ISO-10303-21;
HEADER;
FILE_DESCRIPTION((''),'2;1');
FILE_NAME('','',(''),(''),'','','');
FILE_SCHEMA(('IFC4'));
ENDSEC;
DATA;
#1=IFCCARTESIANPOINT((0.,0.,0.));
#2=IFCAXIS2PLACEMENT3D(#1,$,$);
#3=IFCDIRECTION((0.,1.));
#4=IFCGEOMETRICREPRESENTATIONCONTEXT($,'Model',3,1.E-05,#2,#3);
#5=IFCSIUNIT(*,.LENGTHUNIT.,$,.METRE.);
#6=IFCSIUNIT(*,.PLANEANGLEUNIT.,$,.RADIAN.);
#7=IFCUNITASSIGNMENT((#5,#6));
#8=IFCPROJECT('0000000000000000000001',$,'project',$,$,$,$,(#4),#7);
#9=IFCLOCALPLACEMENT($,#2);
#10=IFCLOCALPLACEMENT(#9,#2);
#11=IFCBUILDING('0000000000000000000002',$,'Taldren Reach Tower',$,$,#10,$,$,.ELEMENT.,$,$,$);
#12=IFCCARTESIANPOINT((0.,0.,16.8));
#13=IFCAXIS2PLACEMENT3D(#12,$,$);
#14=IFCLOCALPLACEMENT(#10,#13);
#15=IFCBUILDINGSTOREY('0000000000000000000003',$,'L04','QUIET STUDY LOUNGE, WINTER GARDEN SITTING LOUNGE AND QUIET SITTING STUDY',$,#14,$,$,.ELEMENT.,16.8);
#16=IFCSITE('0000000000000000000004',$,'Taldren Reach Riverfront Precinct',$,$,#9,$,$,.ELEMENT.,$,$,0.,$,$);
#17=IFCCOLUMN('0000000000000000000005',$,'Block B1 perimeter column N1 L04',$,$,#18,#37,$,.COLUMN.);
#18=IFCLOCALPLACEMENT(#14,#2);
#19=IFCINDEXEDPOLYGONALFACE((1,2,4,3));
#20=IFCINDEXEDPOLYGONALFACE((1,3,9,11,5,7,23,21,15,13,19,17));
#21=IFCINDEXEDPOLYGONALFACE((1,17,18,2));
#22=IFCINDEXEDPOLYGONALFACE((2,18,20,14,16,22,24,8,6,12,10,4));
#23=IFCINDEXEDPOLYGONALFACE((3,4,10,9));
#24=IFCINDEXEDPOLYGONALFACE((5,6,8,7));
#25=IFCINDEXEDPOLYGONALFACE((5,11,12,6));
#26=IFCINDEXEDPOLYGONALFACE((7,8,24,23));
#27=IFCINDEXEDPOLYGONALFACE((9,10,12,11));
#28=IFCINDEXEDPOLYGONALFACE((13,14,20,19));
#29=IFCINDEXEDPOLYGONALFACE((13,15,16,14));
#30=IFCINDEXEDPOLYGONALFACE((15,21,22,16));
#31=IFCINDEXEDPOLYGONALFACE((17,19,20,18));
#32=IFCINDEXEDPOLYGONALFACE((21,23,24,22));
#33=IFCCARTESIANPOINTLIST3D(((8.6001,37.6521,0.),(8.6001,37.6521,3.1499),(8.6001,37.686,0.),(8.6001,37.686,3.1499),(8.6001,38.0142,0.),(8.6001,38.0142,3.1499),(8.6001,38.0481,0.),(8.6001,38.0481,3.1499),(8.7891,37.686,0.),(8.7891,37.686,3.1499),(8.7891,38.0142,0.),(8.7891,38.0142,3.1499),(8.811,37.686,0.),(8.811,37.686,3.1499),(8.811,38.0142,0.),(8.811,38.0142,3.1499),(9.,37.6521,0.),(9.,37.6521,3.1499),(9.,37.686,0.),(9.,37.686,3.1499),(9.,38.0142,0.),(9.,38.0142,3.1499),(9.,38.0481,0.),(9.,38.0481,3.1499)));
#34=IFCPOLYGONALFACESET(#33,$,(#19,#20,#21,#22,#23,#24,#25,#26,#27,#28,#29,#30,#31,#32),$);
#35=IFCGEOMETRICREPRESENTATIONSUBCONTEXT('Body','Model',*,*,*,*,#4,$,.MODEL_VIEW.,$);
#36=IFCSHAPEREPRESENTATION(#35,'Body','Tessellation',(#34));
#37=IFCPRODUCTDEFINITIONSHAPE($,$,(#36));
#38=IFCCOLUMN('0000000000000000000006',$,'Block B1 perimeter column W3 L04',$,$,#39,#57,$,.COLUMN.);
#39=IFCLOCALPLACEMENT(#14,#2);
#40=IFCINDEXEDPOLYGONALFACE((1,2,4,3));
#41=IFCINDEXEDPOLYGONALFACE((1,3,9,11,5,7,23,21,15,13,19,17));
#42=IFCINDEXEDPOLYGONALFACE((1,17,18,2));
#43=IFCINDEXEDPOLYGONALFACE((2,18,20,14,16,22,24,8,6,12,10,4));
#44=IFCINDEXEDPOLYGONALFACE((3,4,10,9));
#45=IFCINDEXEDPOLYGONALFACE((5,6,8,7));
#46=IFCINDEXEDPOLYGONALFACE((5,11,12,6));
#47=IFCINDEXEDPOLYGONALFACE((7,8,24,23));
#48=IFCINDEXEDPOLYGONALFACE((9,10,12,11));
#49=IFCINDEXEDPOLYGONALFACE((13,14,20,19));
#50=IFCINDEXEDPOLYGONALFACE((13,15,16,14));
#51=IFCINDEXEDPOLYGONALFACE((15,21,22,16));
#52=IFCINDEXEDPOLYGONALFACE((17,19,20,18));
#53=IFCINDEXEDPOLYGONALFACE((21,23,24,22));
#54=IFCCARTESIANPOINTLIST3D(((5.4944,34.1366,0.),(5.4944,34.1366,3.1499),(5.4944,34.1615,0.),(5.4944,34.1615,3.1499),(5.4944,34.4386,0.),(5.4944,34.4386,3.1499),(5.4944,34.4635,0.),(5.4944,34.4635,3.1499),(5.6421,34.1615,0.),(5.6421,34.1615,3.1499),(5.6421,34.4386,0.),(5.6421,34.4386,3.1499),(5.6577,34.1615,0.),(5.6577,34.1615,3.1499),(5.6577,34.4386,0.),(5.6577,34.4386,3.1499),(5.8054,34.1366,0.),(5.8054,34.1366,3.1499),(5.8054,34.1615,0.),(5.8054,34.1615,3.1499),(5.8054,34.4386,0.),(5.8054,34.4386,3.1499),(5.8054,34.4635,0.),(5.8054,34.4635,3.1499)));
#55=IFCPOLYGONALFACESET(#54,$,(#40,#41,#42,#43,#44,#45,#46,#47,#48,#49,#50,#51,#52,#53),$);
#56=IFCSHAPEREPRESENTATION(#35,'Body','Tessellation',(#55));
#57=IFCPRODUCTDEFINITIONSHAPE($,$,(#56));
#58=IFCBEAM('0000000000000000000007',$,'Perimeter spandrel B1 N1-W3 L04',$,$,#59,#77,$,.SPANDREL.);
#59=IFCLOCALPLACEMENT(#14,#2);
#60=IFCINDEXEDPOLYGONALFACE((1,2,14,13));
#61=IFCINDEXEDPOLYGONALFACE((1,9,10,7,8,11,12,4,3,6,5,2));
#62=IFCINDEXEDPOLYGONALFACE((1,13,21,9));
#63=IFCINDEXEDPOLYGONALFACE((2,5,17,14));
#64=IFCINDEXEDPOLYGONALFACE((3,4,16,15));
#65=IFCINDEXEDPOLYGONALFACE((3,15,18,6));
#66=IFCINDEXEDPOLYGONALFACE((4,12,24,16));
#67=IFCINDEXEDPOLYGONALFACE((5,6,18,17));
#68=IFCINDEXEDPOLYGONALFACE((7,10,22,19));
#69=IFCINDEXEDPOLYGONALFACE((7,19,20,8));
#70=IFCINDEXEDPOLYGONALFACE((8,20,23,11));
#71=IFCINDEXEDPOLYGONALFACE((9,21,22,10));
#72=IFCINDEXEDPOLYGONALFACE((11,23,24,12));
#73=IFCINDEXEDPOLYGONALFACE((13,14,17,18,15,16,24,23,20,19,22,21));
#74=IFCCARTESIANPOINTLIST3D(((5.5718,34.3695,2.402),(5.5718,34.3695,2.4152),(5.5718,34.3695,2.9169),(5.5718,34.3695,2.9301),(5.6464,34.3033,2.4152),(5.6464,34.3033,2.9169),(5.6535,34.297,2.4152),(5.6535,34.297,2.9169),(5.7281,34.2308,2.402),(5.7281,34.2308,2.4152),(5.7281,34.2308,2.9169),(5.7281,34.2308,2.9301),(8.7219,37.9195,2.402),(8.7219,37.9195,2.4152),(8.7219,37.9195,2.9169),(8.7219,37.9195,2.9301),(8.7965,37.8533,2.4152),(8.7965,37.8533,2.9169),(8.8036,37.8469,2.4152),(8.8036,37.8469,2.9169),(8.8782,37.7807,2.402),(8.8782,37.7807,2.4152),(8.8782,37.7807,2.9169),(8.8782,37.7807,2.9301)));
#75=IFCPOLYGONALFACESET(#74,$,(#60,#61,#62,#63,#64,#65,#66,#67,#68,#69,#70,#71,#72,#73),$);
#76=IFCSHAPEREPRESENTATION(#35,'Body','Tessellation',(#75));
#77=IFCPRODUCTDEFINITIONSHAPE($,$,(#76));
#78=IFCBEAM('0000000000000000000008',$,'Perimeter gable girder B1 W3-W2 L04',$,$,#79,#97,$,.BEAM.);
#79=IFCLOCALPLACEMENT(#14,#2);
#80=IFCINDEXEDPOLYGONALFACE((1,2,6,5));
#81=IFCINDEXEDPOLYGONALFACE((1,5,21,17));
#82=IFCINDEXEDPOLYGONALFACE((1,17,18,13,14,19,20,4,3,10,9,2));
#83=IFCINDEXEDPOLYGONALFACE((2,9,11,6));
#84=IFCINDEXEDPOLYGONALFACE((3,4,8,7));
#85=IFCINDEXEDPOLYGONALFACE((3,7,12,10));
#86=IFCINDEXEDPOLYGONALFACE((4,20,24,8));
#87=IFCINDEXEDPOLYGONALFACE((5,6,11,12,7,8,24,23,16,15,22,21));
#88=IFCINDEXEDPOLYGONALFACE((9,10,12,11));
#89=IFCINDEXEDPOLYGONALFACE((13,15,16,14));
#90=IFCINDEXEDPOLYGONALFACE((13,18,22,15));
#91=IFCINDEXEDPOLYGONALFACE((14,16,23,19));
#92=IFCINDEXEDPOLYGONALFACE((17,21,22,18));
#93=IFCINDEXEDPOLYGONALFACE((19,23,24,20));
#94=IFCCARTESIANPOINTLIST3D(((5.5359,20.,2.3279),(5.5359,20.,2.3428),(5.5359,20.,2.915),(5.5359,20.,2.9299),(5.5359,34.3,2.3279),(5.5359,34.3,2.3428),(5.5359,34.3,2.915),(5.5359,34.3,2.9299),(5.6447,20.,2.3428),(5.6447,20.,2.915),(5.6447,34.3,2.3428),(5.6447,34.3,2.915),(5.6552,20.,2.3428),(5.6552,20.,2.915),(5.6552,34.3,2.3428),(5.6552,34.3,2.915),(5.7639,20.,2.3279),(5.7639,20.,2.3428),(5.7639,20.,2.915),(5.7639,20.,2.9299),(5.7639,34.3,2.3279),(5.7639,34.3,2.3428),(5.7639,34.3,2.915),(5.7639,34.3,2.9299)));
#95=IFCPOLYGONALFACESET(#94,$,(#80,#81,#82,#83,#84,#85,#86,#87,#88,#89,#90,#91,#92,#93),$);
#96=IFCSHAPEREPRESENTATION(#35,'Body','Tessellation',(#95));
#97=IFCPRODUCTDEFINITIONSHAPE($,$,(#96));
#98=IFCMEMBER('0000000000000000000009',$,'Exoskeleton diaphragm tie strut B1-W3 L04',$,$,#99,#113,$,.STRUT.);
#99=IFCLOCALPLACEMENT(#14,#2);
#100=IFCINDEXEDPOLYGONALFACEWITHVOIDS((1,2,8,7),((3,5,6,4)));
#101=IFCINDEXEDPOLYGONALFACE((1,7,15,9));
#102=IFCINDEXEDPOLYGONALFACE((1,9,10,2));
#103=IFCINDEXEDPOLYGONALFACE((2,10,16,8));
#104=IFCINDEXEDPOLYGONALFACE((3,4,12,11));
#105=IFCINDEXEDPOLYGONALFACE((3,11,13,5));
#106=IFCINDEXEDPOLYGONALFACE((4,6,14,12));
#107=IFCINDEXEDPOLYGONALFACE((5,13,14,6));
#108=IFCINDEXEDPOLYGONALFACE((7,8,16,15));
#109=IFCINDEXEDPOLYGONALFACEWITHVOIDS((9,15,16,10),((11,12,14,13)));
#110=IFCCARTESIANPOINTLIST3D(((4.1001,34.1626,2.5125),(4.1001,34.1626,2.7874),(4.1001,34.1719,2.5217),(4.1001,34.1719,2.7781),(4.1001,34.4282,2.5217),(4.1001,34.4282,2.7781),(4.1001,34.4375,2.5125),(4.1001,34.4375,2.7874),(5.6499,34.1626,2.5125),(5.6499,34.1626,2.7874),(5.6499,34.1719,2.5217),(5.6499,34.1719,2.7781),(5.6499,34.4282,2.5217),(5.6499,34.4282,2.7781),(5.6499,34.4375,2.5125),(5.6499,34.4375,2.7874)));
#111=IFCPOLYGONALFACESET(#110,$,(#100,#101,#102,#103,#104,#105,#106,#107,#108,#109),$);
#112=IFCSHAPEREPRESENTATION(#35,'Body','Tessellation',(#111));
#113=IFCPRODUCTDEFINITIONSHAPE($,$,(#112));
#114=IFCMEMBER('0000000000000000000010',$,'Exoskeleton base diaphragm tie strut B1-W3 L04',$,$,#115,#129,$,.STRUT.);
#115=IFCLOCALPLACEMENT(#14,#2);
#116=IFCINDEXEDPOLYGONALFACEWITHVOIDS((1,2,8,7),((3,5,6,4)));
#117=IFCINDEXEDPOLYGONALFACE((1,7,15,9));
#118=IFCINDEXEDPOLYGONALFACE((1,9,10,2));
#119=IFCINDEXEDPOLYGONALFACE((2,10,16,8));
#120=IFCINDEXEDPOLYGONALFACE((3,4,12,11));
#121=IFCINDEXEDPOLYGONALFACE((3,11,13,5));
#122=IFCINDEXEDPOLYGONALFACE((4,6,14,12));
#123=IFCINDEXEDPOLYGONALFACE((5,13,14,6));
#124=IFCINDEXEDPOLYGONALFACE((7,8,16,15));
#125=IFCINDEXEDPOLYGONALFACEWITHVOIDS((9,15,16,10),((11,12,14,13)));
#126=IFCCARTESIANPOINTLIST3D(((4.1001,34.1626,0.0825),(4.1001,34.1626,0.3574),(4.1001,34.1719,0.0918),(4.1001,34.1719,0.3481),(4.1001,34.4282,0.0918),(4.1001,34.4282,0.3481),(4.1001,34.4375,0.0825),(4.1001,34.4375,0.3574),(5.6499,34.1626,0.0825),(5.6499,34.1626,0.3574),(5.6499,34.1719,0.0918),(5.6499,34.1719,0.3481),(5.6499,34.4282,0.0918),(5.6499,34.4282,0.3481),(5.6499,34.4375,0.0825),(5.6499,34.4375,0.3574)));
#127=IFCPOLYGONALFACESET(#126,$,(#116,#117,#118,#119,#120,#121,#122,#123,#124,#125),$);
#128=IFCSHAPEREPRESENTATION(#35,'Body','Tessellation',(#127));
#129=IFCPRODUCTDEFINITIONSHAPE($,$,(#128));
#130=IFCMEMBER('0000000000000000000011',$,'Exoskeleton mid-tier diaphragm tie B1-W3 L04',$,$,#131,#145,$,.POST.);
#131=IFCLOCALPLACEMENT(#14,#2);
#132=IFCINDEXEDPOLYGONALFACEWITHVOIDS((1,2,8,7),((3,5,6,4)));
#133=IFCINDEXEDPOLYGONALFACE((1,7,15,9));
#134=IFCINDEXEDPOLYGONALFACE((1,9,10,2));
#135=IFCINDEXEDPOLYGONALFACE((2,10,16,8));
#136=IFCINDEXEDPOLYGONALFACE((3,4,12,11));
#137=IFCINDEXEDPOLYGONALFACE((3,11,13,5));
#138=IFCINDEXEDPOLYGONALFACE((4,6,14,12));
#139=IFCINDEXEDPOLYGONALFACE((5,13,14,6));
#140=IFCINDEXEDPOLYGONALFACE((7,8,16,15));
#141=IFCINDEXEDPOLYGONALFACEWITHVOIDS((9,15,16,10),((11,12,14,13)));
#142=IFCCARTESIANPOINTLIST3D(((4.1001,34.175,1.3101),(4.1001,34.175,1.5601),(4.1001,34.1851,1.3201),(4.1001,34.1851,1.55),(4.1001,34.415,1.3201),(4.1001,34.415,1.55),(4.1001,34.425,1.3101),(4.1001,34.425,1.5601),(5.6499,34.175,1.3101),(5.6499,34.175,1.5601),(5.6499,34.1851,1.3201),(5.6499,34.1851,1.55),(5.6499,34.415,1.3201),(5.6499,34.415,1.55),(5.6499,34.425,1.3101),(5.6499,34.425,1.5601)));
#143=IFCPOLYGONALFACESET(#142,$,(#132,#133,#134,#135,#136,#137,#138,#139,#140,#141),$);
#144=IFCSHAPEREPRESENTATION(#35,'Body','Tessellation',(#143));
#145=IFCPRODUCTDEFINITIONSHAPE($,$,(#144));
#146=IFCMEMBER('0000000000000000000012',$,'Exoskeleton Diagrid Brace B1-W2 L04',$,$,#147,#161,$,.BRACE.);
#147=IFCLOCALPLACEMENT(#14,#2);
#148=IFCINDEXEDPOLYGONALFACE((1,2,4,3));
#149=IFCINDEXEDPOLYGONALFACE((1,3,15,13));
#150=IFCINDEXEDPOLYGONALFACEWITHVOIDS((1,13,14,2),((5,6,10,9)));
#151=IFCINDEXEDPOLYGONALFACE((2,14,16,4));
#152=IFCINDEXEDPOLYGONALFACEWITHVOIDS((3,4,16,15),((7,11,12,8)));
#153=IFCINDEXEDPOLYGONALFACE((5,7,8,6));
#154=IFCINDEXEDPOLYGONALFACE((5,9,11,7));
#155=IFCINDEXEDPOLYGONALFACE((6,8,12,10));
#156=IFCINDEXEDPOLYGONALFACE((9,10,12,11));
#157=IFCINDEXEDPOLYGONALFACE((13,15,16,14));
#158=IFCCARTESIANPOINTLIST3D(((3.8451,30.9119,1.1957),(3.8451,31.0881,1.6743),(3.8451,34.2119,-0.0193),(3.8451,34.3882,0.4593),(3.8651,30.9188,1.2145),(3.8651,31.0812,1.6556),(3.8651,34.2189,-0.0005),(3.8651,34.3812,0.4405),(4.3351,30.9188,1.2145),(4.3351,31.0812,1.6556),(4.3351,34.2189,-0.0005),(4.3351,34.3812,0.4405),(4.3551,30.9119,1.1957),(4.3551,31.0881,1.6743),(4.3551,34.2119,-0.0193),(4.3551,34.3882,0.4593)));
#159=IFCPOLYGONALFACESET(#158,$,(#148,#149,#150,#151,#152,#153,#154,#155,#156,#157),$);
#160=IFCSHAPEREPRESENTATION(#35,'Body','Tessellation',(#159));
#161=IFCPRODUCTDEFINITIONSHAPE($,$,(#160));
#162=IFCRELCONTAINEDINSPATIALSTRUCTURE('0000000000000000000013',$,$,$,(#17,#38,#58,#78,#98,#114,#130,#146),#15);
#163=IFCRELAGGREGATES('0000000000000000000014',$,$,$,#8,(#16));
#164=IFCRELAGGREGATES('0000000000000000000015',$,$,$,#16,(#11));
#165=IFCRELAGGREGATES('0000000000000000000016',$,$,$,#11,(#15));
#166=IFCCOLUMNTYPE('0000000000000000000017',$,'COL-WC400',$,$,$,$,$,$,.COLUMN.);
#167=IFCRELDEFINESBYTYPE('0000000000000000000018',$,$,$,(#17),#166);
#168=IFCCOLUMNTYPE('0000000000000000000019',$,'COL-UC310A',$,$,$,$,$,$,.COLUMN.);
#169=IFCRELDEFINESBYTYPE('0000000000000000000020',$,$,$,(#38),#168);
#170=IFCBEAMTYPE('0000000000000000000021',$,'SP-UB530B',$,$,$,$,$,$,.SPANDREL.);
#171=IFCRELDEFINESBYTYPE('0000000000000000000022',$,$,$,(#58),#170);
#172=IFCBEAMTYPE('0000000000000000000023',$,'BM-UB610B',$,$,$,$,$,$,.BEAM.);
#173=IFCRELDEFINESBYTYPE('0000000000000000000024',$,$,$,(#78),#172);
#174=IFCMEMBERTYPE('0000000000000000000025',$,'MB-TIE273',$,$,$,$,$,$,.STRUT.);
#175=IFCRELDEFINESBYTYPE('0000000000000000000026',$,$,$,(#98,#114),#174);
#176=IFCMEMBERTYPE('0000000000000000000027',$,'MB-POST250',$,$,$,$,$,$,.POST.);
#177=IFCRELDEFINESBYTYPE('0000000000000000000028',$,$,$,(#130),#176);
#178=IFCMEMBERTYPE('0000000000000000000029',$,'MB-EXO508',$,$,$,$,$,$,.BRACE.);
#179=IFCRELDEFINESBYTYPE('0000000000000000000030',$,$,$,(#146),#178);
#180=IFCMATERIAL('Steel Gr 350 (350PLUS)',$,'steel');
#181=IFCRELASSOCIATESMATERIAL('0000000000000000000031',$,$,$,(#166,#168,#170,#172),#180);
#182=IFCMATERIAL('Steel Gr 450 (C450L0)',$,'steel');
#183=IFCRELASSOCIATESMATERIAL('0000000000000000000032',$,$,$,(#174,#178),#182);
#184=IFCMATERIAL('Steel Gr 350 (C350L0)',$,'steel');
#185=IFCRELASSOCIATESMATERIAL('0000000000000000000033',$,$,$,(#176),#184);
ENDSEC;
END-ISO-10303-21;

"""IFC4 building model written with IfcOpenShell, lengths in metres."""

from ifc_helpers import new_model, si_unit, direction, frame, origin, origin_2d, place, context, subcontext, project, spatial, hollow_rectangle, i_section, extrude, source, transform, mapped, material, material_profile, profile_set, type_object, element, save


model = new_model("IFC4")

# Units and contexts
model_context = context("Model", 3, precision=1e-05, world=origin(), true_north=direction((0.0, 1.0)))
body_context = subcontext(model_context, "Body", "Model", "MODEL_VIEW")
ifc_project = project(units=[si_unit("LENGTHUNIT", "METRE"), si_unit("PLANEANGLEUNIT", "RADIAN")], contexts=[model_context])

# Site, building, storey
site_placement = place(None, origin())
site = spatial("IfcSite", under=ifc_project, at=site_placement, Name="Taldren Reach Riverfront Precinct", CompositionType="ELEMENT", RefElevation=0.0)
building_placement = place(site_placement, origin())
building = spatial("IfcBuilding", under=site, at=building_placement, Name="Taldren Reach Tower", CompositionType="ELEMENT")
storey_placement = place(building_placement, frame((0.0, 0.0, 16.8)))
storey = spatial("IfcBuildingStorey", under=building, at=storey_placement, Name="L04", Description="QUIET STUDY LOUNGE, WINTER GARDEN SITTING LOUNGE AND QUIET SITTING STUDY", CompositionType="ELEMENT", Elevation=16.8)

# Columns
ifc_material_1 = material(Name="Steel Gr 350 (350PLUS)", Category="steel")
ifc_material_profile_1 = material_profile(ifc_material_1, i_section(OverallWidth=0.3999, OverallDepth=0.396, WebThickness=0.022, FlangeThickness=0.0339, at=origin_2d()), Name="400WC270")
ifc_profile_set_1 = profile_set([ifc_material_profile_1], Name="Steel Gr 350 (350PLUS)")
column_type_1 = type_object("IfcColumnType", Name="COL-WC400", PredefinedType="COLUMN", material=ifc_profile_set_1)
shared_shape_1 = source(origin(), body_context, "Body", "SweptSolid", [
    extrude(i_section(OverallWidth=0.3999, OverallDepth=0.396, WebThickness=0.022, FlangeThickness=0.0339, at=origin_2d()), origin(), (0.0, 0.0, 1.0), 3.1499),
])
column_1_placement = place(storey_placement, frame((8.8, 37.8501, 0.0), z_axis=(0.0, 0.0, 1.0), x_axis=(1.0, 0.0, 0.0)))
element("IfcColumn", 1, at=column_1_placement, inside=storey, type_object=column_type_1, Name="Block B1 perimeter column N1 L04", PredefinedType="COLUMN", context=body_context, shape_type="MappedRepresentation", body=[
    mapped(shared_shape_1, transform((0.0, 0.0, 0.0), scale=1.0)),
])
ifc_material_profile_2 = material_profile(ifc_material_1, i_section(OverallWidth=0.311, OverallDepth=0.3269, WebThickness=0.0156, FlangeThickness=0.0249, at=origin_2d()), Name="310UC158")
ifc_profile_set_2 = profile_set([ifc_material_profile_2], Name="Steel Gr 350 (350PLUS)")
column_type_2 = type_object("IfcColumnType", Name="COL-UC310A", PredefinedType="COLUMN", material=ifc_profile_set_2)
shared_shape_2 = source(origin(), body_context, "Body", "SweptSolid", [
    extrude(i_section(OverallWidth=0.311, OverallDepth=0.3269, WebThickness=0.0156, FlangeThickness=0.0249, at=origin_2d()), origin(), (0.0, 0.0, 1.0), 3.1499),
])
column_2_placement = place(storey_placement, frame((5.6499, 34.3, 0.0), z_axis=(0.0, 0.0, 1.0), x_axis=(1.0, 0.0, 0.0)))
element("IfcColumn", 2, at=column_2_placement, inside=storey, type_object=column_type_2, Name="Block B1 perimeter column W3 L04", PredefinedType="COLUMN", context=body_context, shape_type="MappedRepresentation", body=[
    mapped(shared_shape_2, transform((0.0, 0.0, 0.0), scale=1.0)),
])

# Beams
ifc_material_profile_3 = material_profile(ifc_material_1, i_section(OverallWidth=0.209, OverallDepth=0.5281, WebThickness=0.0095, FlangeThickness=0.0132, at=origin_2d()), Name="530UB82.0")
ifc_profile_set_3 = profile_set([ifc_material_profile_3], Name="Steel Gr 350 (350PLUS)")
beam_type_1 = type_object("IfcBeamType", Name="SP-UB530B", PredefinedType="SPANDREL", material=ifc_profile_set_3)
shared_shape_3 = source(origin(), body_context, "Body", "SweptSolid", [
    extrude(i_section(OverallWidth=0.209, OverallDepth=0.5281, WebThickness=0.0095, FlangeThickness=0.0132, at=origin_2d()), origin(), (0.0, 0.0, 1.0), 4.7461),
])
beam_1_placement = place(storey_placement, frame((8.8, 37.8501, 2.666), z_axis=(-0.663722, -0.747979, 0.0), x_axis=(0.747979, -0.663722, 0.0)))
element("IfcBeam", 3, at=beam_1_placement, inside=storey, type_object=beam_type_1, Name="Perimeter spandrel B1 N1-W3 L04", PredefinedType="SPANDREL", context=body_context, shape_type="MappedRepresentation", body=[
    mapped(shared_shape_3, transform((0.0, 0.0, 0.0), scale=1.0)),
])
ifc_material_profile_4 = material_profile(ifc_material_1, i_section(OverallWidth=0.228, OverallDepth=0.6021, WebThickness=0.0105, FlangeThickness=0.0149, at=origin_2d()), Name="610UB101")
ifc_profile_set_4 = profile_set([ifc_material_profile_4], Name="Steel Gr 350 (350PLUS)")
beam_type_2 = type_object("IfcBeamType", Name="BM-UB610B", PredefinedType="BEAM", material=ifc_profile_set_4)
shared_shape_4 = source(origin(), body_context, "Body", "SweptSolid", [
    extrude(i_section(OverallWidth=0.228, OverallDepth=0.6021, WebThickness=0.0105, FlangeThickness=0.0149, at=origin_2d()), origin(), (0.0, 0.0, 1.0), 14.3),
])
beam_2_placement = place(storey_placement, frame((5.6499, 34.3, 2.6289), z_axis=(0.0, -1.0, 0.0), x_axis=(1.0, 0.0, 0.0)))
element("IfcBeam", 4, at=beam_2_placement, inside=storey, type_object=beam_type_2, Name="Perimeter gable girder B1 W3-W2 L04", PredefinedType="BEAM", context=body_context, shape_type="MappedRepresentation", body=[
    mapped(shared_shape_4, transform((0.0, 0.0, 0.0), scale=1.0)),
])

# Members
ifc_material_2 = material(Name="Steel Gr 450 (C450L0)", Category="steel")
ifc_material_profile_5 = material_profile(ifc_material_2, hollow_rectangle(XDim=0.2749, YDim=0.2749, WallThickness=0.0093, at=origin_2d()), Name="275x275x9.3SHS")
ifc_profile_set_5 = profile_set([ifc_material_profile_5], Name="Steel Gr 450 (C450L0)")
member_type_1 = type_object("IfcMemberType", Name="MB-TIE273", PredefinedType="STRUT", material=ifc_profile_set_5)
shared_shape_5 = source(origin(), body_context, "Body", "SweptSolid", [
    extrude(hollow_rectangle(XDim=0.2749, YDim=0.2749, WallThickness=0.0093, at=origin_2d()), origin(), (0.0, 0.0, 1.0), 1.5498),
])
for number, where, z_axis, x_axis, name in (
    (5, (5.6499, 34.3, 2.6499), (-1.0, 0.0, 0.0), (0.0, -1.0, 0.0), "Exoskeleton diaphragm tie strut B1-W3 L04"),
    (6, (5.6499, 34.3, 0.22), (-1.0, 0.0, 0.0), (0.0, -1.0, 0.0), "Exoskeleton base diaphragm tie strut B1-W3 L04"),
):
    element("IfcMember", number, at=place(storey_placement, frame(where, z_axis=z_axis, x_axis=x_axis)), inside=storey, type_object=member_type_1, Name=name, PredefinedType="STRUT", context=body_context, shape_type="MappedRepresentation", body=[
        mapped(shared_shape_5, transform((0.0, 0.0, 0.0), scale=1.0)),
    ])
ifc_material_3 = material(Name="Steel Gr 350 (C350L0)", Category="steel")
ifc_material_profile_6 = material_profile(ifc_material_3, hollow_rectangle(XDim=0.25, YDim=0.25, WallThickness=0.01, at=origin_2d()), Name="250x250x10.0SHS")
ifc_profile_set_6 = profile_set([ifc_material_profile_6], Name="Steel Gr 350 (C350L0)")
member_type_2 = type_object("IfcMemberType", Name="MB-POST250", PredefinedType="POST", material=ifc_profile_set_6)
shared_shape_6 = source(origin(), body_context, "Body", "SweptSolid", [
    extrude(hollow_rectangle(XDim=0.25, YDim=0.25, WallThickness=0.01, at=origin_2d()), origin(), (0.0, 0.0, 1.0), 1.5498),
])
member_1_placement = place(storey_placement, frame((5.6499, 34.3, 1.4351), z_axis=(-1.0, 0.0, 0.0), x_axis=(0.0, -1.0, 0.0)))
element("IfcMember", 7, at=member_1_placement, inside=storey, type_object=member_type_2, Name="Exoskeleton mid-tier diaphragm tie B1-W3 L04", PredefinedType="POST", context=body_context, shape_type="MappedRepresentation", body=[
    mapped(shared_shape_6, transform((0.0, 0.0, 0.0), scale=1.0)),
])
ifc_material_profile_7 = material_profile(ifc_material_2, hollow_rectangle(XDim=0.51, YDim=0.51, WallThickness=0.02, at=origin_2d()), Name="510x510x20.0SHS")
ifc_profile_set_7 = profile_set([ifc_material_profile_7], Name="Steel Gr 450 (C450L0)")
member_type_3 = type_object("IfcMemberType", Name="MB-EXO508", PredefinedType="BRACE", material=ifc_profile_set_7)
shared_shape_7 = source(origin(), body_context, "Body", "SweptSolid", [
    extrude(hollow_rectangle(XDim=0.51, YDim=0.51, WallThickness=0.02, at=origin_2d()), origin(), (0.0, 0.0, 1.0), 3.5166),
])
for number, where, z_axis, x_axis, name in (
    (8, (4.1001, 34.3, 0.22), (0.0, -0.938409, 0.345525), (1.0, 0.0, 0.0), "Exoskeleton Diagrid Brace B1-W2 L04"),
):
    element("IfcMember", number, at=place(storey_placement, frame(where, z_axis=z_axis, x_axis=x_axis)), inside=storey, type_object=member_type_3, Name=name, PredefinedType="BRACE", context=body_context, shape_type="MappedRepresentation", body=[
        mapped(shared_shape_7, transform((0.0, 0.0, 0.0), scale=1.0)),
    ])

save(model, "model.ifc")
